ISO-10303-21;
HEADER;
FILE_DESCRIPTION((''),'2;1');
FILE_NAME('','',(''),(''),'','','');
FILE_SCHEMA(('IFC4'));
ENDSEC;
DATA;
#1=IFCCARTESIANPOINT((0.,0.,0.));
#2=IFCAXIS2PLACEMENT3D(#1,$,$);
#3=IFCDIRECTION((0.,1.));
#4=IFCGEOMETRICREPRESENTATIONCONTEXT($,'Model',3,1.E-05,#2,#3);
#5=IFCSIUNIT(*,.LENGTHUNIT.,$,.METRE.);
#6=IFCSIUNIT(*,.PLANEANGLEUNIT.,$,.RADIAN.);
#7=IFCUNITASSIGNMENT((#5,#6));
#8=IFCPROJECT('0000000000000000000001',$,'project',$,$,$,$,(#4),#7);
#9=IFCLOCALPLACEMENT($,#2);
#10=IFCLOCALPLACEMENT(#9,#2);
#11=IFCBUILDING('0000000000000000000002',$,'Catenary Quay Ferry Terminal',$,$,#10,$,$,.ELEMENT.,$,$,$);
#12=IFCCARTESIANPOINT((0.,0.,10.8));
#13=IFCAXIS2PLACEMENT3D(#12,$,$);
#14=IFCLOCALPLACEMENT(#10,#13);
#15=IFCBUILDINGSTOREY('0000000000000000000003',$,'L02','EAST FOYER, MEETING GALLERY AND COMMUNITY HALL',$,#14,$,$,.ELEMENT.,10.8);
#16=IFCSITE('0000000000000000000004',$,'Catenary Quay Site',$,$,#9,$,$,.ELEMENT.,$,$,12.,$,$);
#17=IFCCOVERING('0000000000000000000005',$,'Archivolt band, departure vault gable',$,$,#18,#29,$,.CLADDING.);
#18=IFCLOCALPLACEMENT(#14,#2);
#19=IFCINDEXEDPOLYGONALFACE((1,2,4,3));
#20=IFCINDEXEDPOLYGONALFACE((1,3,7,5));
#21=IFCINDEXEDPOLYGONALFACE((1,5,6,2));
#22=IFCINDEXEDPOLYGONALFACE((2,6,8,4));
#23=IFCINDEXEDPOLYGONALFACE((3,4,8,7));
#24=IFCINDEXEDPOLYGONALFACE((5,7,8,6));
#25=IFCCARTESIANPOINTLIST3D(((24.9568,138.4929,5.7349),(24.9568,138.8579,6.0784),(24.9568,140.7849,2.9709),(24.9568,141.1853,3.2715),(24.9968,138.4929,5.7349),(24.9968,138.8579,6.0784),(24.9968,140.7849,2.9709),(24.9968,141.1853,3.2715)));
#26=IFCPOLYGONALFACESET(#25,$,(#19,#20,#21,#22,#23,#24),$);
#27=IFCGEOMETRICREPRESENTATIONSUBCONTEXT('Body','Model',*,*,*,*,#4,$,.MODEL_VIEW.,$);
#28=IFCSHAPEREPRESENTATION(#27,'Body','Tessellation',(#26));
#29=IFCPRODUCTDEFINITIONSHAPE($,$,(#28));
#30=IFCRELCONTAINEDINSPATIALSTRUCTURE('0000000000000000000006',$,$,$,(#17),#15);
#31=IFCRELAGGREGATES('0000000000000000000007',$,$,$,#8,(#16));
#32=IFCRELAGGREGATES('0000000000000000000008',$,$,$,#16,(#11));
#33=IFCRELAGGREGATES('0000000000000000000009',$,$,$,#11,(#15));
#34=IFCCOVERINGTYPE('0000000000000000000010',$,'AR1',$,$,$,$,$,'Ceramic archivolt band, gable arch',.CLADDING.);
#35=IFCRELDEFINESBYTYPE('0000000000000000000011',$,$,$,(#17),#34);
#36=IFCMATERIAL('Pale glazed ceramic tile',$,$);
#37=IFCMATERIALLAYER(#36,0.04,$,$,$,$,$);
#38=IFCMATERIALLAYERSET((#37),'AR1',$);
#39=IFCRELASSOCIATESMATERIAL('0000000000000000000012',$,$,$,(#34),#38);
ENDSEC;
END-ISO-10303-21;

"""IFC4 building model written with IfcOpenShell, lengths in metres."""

from ifc_helpers import new_model, si_unit, direction, frame, origin, place, context, subcontext, project, spatial, polyline, outline, extrude, material, layer, layer_set, type_object, element, save


model = new_model("IFC4")

# Units and contexts
model_context = context("Model", 3, precision=1e-05, world=origin(), true_north=direction((0.0, 1.0)))
body_context = subcontext(model_context, "Body", "Model", "MODEL_VIEW")
ifc_project = project(units=[si_unit("LENGTHUNIT", "METRE"), si_unit("PLANEANGLEUNIT", "RADIAN")], contexts=[model_context])

# Site, building, storey
site_placement = place(None, origin())
site = spatial("IfcSite", under=ifc_project, at=site_placement, Name="Catenary Quay Site", CompositionType="ELEMENT", RefElevation=12.0)
building_placement = place(site_placement, origin())
building = spatial("IfcBuilding", under=site, at=building_placement, Name="Catenary Quay Ferry Terminal", CompositionType="ELEMENT")
storey_placement = place(building_placement, frame((0.0, 0.0, 10.8)))
storey = spatial("IfcBuildingStorey", under=building, at=storey_placement, Name="L02", Description="EAST FOYER, MEETING GALLERY AND COMMUNITY HALL", CompositionType="ELEMENT", Elevation=10.8)

# Covering
ifc_material_1 = material(Name="Pale glazed ceramic tile")
ifc_layer_1 = layer(ifc_material_1, 0.04)
ifc_layer_set_1 = layer_set([ifc_layer_1], Name="AR1")
covering_type = type_object("IfcCoveringType", Name="AR1", ElementType="Ceramic archivolt band, gable arch", PredefinedType="CLADDING", material=ifc_layer_set_1)
covering_placement = place(storey_placement, frame((24.9968, 138.4929, 5.7349), z_axis=(1.0, 0.0, 0.0), x_axis=(0.0, 0.63833, -0.769763)))
element("IfcCovering", 1, at=covering_placement, inside=storey, type_object=covering_type, Name="Archivolt band, departure vault gable", PredefinedType="CLADDING", context=body_context, shape_type="SweptSolid", body=[
    extrude(outline(polyline([(0.0, 0.0), (3.5906, 0.0), (3.6148, 0.5), (-0.0314, 0.5002), (0.0, 0.0)])), origin(), (0.0, 0.0, -1.0), 0.04),
])

save(model, "model.ifc")
